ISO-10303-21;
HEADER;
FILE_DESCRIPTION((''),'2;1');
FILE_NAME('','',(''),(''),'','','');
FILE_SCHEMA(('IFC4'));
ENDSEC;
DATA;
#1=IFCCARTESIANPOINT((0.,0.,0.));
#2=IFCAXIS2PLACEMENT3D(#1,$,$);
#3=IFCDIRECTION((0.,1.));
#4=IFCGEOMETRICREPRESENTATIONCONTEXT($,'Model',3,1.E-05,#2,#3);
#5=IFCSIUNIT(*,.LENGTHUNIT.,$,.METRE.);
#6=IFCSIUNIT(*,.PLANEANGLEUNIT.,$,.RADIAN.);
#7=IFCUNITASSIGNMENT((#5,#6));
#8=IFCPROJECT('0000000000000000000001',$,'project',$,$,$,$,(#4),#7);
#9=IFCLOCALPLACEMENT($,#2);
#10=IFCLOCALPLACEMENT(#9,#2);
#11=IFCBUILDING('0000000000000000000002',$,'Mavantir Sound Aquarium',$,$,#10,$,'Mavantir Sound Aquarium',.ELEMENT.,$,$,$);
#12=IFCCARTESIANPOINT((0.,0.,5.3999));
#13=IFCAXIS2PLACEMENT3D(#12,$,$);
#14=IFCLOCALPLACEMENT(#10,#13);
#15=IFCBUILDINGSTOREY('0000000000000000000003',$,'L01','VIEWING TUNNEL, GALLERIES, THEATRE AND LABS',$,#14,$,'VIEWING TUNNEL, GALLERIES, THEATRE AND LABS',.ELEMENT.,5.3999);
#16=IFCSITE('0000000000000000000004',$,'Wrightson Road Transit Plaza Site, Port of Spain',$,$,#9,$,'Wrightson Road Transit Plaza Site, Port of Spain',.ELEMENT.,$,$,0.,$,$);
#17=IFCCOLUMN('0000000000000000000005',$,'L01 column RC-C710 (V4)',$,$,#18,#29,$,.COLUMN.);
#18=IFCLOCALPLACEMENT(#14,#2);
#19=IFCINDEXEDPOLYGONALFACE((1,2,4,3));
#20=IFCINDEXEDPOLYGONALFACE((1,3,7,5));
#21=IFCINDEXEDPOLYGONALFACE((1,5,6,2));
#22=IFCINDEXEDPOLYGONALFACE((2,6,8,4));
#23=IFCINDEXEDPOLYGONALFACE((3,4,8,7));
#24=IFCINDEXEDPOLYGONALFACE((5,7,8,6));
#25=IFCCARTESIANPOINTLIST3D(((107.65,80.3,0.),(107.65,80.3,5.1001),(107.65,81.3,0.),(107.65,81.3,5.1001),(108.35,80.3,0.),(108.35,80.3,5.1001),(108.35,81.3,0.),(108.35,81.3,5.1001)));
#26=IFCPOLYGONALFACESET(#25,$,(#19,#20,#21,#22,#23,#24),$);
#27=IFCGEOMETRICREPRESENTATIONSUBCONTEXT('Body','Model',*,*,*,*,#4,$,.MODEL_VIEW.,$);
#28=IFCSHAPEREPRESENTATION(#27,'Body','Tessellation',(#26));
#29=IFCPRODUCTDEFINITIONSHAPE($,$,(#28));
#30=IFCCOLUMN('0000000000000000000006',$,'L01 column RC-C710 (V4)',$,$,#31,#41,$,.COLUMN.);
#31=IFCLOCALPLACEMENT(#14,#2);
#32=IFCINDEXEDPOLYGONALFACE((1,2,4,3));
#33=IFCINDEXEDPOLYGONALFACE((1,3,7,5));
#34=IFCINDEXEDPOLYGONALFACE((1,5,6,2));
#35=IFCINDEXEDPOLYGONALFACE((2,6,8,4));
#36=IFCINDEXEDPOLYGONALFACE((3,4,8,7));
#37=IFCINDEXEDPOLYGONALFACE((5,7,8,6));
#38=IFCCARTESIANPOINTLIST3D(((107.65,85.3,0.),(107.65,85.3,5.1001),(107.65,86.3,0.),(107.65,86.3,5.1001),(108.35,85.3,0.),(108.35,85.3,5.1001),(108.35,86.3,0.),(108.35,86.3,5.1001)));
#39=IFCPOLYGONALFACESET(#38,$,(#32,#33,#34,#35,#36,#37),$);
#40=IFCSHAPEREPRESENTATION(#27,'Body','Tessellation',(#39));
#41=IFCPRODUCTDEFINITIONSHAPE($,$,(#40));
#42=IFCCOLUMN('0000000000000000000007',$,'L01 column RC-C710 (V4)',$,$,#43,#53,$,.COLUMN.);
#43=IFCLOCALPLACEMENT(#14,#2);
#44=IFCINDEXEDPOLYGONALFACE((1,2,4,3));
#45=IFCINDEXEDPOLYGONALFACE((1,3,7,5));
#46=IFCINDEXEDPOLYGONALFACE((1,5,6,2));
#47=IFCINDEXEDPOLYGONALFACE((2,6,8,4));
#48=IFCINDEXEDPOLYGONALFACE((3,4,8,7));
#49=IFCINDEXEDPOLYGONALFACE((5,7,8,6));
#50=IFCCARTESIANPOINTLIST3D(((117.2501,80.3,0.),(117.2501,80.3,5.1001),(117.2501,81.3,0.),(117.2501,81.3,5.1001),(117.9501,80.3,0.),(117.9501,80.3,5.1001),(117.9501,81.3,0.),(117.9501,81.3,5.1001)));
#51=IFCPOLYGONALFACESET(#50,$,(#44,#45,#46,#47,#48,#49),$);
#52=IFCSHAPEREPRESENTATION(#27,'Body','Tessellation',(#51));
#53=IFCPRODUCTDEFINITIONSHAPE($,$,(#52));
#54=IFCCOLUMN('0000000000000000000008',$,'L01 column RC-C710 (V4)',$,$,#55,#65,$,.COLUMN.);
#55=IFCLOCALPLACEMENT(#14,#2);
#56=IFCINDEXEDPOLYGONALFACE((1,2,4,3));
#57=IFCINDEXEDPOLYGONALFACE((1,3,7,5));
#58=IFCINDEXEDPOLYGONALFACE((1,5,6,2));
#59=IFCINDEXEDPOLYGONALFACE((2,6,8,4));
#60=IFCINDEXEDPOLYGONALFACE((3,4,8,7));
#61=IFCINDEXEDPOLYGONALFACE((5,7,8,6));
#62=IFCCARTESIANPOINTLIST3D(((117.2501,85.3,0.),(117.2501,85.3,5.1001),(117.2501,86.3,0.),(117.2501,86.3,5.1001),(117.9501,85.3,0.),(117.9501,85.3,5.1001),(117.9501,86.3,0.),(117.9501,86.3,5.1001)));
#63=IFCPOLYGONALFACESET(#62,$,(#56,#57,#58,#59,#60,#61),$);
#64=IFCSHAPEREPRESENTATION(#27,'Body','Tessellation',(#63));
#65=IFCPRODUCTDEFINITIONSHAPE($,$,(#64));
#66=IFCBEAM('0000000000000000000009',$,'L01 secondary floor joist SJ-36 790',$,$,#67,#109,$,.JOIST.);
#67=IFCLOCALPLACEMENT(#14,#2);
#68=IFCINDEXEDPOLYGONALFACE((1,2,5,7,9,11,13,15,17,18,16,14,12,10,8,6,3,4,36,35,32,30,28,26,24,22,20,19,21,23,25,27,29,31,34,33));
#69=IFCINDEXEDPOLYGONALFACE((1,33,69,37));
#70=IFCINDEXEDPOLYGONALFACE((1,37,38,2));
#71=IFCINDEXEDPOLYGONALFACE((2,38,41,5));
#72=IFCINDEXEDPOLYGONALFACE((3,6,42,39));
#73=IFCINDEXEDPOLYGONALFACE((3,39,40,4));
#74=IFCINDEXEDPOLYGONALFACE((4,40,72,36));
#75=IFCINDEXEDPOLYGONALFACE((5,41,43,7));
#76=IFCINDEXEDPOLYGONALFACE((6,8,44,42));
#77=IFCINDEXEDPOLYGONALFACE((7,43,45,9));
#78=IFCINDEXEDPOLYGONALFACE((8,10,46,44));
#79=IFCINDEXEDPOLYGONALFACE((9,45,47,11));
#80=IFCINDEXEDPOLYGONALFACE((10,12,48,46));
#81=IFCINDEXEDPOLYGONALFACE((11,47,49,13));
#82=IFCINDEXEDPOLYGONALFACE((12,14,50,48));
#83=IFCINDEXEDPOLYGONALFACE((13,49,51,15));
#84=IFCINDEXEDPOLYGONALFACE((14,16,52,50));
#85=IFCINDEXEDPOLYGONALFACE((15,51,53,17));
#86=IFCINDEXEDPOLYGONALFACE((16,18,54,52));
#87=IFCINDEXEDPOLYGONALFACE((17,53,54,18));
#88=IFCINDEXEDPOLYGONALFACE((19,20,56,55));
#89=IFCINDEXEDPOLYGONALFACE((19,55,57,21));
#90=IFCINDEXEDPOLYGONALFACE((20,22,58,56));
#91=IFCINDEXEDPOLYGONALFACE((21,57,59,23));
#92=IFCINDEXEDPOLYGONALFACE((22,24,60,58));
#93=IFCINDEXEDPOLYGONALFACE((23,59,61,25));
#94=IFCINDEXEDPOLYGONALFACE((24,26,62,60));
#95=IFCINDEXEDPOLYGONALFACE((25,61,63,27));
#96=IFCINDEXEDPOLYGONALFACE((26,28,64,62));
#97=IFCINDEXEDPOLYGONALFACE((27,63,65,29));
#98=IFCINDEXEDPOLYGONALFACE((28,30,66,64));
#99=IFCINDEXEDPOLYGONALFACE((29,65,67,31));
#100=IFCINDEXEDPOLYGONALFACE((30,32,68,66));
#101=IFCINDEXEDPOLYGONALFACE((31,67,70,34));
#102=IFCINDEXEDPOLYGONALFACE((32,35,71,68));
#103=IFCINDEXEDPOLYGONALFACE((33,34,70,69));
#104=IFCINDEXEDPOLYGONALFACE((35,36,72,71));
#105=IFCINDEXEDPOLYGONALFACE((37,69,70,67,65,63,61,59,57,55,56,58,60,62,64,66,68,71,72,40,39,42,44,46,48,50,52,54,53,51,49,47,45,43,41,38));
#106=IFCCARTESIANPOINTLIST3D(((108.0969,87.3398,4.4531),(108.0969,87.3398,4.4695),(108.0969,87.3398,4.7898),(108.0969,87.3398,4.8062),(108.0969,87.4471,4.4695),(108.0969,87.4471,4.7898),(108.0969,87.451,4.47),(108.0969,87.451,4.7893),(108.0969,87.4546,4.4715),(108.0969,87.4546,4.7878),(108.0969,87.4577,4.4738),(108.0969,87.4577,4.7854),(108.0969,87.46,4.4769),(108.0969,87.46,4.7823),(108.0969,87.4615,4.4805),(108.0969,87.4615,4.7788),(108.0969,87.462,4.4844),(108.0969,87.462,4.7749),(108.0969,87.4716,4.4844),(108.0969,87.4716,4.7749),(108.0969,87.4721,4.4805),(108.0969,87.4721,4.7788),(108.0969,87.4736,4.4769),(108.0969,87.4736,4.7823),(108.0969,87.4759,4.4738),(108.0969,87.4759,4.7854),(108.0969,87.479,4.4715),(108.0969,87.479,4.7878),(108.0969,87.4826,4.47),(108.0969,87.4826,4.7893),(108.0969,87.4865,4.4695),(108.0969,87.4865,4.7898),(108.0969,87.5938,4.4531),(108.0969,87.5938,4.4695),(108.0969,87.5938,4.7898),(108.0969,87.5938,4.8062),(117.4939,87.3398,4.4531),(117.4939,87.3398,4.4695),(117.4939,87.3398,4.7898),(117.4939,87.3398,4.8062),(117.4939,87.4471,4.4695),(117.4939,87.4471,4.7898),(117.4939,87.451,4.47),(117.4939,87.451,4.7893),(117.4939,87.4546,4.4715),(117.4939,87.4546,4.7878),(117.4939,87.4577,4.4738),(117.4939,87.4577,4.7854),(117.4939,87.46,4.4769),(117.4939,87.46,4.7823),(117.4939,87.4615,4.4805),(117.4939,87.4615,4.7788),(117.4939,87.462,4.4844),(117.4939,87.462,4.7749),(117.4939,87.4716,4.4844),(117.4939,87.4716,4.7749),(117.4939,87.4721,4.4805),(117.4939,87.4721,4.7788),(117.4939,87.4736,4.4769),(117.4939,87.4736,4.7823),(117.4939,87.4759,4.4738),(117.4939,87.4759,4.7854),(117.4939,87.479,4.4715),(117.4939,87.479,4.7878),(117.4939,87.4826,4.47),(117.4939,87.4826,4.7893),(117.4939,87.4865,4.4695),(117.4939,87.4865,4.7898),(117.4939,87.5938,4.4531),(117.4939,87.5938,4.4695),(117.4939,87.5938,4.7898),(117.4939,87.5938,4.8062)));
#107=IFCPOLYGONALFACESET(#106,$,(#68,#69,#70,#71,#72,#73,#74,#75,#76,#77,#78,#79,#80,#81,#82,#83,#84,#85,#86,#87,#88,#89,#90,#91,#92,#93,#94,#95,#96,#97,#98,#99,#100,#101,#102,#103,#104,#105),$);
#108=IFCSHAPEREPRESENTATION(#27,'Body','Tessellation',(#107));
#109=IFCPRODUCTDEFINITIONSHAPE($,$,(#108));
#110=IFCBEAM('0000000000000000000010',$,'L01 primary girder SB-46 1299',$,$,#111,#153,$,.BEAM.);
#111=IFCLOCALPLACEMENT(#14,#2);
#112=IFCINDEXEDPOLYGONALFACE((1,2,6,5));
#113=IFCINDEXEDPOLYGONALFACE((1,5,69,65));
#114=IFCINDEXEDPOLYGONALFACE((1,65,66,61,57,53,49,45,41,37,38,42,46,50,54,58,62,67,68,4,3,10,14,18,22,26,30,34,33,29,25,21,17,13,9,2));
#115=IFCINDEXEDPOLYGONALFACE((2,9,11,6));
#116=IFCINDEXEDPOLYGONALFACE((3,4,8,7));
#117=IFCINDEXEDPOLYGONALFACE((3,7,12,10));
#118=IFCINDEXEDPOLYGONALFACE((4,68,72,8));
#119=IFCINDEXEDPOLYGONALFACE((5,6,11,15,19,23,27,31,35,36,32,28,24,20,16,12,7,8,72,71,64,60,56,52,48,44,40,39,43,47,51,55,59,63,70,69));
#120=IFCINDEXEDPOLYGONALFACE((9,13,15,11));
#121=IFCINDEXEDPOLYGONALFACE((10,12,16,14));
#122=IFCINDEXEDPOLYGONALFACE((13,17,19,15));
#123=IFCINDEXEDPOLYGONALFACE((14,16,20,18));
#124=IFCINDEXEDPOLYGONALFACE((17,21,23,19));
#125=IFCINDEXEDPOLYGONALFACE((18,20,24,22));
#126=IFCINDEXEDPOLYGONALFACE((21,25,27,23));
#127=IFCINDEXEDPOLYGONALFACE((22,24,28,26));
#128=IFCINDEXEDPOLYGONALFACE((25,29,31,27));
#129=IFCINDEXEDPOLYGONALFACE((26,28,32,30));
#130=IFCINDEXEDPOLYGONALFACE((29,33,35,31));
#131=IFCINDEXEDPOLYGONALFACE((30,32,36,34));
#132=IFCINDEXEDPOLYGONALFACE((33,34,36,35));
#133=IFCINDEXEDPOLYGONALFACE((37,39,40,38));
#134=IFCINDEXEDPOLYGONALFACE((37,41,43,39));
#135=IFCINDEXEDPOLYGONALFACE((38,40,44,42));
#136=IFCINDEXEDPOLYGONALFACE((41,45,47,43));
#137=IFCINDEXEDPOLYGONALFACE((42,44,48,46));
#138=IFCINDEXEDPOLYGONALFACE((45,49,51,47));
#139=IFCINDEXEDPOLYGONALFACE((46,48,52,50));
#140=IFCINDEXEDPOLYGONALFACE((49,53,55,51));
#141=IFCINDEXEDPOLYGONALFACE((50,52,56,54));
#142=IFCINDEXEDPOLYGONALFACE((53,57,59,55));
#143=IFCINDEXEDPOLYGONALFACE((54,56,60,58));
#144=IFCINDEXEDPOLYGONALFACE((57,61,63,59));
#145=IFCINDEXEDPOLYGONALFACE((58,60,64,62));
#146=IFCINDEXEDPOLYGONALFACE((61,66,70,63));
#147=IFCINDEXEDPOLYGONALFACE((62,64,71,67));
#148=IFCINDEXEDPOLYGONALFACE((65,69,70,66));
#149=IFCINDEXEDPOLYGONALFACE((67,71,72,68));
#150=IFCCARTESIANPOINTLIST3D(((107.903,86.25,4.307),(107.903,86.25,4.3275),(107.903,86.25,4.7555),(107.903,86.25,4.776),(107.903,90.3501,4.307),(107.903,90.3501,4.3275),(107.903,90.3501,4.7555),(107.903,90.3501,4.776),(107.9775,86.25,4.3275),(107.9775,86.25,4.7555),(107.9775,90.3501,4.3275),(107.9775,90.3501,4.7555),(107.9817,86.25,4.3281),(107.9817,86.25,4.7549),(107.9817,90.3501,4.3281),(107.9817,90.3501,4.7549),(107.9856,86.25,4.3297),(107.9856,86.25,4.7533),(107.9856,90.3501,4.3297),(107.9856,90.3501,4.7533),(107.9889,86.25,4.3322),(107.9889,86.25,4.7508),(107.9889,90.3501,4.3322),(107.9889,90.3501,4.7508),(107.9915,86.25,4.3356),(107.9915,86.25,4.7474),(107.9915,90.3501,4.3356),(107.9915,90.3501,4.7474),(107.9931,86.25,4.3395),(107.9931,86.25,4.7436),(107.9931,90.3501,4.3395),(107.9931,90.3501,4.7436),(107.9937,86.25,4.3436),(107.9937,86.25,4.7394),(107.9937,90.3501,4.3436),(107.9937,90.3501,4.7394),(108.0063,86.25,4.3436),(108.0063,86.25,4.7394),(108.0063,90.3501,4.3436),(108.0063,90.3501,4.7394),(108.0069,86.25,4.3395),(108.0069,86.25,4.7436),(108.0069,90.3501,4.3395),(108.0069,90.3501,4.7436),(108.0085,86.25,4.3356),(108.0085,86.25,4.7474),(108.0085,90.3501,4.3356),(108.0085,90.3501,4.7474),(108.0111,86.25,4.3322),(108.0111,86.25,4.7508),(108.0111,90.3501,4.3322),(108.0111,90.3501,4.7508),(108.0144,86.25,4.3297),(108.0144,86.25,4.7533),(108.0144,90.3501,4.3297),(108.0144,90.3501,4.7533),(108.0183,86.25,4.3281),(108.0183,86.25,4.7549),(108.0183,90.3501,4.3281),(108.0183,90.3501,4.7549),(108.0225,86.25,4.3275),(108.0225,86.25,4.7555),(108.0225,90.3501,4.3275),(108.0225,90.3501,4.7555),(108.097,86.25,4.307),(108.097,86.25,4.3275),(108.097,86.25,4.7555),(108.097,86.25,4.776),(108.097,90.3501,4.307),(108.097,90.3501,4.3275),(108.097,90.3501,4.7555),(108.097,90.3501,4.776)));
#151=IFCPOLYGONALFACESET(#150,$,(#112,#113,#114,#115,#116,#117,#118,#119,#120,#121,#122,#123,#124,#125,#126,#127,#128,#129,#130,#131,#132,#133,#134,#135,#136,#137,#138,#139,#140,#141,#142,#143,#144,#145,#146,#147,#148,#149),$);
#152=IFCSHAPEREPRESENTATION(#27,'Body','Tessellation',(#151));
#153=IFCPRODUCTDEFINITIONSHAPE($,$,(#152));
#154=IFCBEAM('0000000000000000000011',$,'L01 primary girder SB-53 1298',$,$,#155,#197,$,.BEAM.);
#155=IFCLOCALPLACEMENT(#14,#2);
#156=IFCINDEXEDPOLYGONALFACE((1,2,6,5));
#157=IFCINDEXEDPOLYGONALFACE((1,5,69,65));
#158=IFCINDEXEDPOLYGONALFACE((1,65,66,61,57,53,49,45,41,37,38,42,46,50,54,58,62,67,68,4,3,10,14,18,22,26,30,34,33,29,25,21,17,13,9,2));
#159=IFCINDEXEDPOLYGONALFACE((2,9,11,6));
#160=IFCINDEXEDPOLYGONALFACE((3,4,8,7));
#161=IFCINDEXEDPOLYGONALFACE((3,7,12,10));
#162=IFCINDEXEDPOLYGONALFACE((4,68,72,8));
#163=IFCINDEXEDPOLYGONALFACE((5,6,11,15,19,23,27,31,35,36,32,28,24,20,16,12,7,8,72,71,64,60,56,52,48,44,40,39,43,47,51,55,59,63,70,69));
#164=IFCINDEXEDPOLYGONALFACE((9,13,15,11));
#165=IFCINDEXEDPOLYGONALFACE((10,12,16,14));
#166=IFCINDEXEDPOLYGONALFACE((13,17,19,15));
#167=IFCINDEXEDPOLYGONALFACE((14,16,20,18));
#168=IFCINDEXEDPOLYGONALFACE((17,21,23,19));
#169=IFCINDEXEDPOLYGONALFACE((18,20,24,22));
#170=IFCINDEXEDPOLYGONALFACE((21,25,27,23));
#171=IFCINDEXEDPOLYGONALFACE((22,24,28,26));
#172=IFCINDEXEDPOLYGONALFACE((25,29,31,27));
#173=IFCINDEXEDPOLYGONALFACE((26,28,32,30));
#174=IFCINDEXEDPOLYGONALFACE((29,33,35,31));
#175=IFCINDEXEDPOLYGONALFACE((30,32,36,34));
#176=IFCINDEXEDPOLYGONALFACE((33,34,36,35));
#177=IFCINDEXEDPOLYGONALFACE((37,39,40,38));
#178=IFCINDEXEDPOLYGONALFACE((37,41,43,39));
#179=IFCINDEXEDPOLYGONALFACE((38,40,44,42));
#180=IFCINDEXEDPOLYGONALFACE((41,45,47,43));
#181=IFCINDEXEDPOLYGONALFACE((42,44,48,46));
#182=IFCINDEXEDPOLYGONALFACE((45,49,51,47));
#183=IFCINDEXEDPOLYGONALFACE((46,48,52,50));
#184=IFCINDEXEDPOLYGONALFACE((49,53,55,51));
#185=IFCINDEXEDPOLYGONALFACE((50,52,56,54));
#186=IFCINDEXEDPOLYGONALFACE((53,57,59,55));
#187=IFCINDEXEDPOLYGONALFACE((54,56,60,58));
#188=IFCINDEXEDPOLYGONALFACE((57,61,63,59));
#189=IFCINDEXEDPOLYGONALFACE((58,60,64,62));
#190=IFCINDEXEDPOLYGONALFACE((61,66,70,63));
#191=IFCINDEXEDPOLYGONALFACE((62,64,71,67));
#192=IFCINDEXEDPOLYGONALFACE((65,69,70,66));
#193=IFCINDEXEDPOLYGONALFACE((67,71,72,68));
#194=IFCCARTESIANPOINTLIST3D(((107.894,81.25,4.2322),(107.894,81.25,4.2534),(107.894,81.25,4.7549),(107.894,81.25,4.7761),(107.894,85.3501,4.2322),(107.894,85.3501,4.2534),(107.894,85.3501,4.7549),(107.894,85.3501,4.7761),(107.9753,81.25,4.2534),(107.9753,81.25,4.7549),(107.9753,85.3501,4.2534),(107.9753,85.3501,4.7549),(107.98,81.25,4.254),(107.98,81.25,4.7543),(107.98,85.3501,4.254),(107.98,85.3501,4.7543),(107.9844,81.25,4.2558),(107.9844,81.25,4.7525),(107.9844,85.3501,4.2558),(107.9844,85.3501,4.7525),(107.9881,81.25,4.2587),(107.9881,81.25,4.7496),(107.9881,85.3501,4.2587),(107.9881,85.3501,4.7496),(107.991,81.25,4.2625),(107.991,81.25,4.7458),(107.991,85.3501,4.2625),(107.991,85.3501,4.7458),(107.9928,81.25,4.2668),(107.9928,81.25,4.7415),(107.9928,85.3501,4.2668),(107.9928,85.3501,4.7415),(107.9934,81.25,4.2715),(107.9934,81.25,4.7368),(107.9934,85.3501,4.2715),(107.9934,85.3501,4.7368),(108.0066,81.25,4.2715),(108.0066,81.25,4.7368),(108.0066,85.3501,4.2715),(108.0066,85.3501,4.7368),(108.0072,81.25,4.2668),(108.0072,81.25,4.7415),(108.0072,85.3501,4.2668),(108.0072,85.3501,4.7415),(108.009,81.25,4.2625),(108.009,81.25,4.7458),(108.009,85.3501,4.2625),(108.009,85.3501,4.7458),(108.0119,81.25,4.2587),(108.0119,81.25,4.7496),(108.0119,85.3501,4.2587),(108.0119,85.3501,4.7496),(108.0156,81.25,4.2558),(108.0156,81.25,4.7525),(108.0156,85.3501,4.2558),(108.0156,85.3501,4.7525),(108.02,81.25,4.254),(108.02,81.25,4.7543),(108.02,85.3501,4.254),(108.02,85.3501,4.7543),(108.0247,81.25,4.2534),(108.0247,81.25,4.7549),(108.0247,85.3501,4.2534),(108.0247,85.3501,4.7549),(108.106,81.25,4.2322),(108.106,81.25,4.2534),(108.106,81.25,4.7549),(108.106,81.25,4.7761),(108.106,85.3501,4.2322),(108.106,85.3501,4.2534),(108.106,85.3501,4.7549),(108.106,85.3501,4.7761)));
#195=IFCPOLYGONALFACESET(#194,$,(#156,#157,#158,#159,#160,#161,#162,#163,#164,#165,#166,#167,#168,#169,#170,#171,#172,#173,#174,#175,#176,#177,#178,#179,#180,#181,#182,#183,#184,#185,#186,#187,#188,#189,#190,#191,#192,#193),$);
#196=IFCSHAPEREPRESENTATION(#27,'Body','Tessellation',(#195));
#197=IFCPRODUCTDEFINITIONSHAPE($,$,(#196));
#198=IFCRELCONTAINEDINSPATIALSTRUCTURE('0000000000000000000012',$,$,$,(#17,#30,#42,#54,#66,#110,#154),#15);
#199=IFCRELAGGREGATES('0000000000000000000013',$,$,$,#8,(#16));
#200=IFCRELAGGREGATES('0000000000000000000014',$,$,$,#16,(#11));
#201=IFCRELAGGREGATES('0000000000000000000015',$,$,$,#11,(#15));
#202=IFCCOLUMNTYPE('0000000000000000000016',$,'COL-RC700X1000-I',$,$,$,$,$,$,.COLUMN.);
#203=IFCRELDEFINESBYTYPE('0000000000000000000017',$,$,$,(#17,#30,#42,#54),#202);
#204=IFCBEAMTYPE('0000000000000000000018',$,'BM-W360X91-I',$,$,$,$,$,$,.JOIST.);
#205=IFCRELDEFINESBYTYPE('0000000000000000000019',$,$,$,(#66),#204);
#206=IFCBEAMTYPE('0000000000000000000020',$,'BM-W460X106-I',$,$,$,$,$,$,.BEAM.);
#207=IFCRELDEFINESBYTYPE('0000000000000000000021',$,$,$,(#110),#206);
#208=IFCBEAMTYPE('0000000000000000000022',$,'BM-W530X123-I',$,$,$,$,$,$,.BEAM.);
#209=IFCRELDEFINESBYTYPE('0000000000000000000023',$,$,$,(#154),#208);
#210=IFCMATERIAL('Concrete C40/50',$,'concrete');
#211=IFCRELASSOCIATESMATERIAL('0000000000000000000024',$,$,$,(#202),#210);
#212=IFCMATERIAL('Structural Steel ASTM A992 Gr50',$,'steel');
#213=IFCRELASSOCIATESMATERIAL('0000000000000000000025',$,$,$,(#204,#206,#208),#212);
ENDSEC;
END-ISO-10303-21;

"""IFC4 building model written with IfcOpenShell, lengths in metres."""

from ifc_helpers import new_model, si_unit, direction, frame, origin, origin_2d, place, context, subcontext, project, spatial, rectangle, i_section, extrude, material, material_profile, profile_set, type_object, element, save


model = new_model("IFC4")

# Units and contexts
model_context = context("Model", 3, precision=1e-05, world=origin(), true_north=direction((0.0, 1.0)))
body_context = subcontext(model_context, "Body", "Model", "MODEL_VIEW")
ifc_project = project(units=[si_unit("LENGTHUNIT", "METRE"), si_unit("PLANEANGLEUNIT", "RADIAN")], contexts=[model_context])

# Site, building, storey
site_placement = place(None, origin())
site = spatial("IfcSite", under=ifc_project, at=site_placement, Name="Wrightson Road Transit Plaza Site, Port of Spain", LongName="Wrightson Road Transit Plaza Site, Port of Spain", CompositionType="ELEMENT", RefElevation=0.0)
building_placement = place(site_placement, origin())
building = spatial("IfcBuilding", under=site, at=building_placement, Name="Mavantir Sound Aquarium", LongName="Mavantir Sound Aquarium", CompositionType="ELEMENT")
storey_placement = place(building_placement, frame((0.0, 0.0, 5.3999)))
storey = spatial("IfcBuildingStorey", under=building, at=storey_placement, Name="L01", Description="VIEWING TUNNEL, GALLERIES, THEATRE AND LABS", LongName="VIEWING TUNNEL, GALLERIES, THEATRE AND LABS", CompositionType="ELEMENT", Elevation=5.3999)

# Columns
ifc_material_1 = material(Name="Concrete C40/50", Category="concrete")
ifc_material_profile_1 = material_profile(ifc_material_1, rectangle(XDim=0.7, YDim=1.0, at=origin_2d()), Name="RC 700X1000")
ifc_profile_set_1 = profile_set([ifc_material_profile_1], Name="Concrete C40/50")
column_type = type_object("IfcColumnType", Name="COL-RC700X1000-I", PredefinedType="COLUMN", material=ifc_profile_set_1)
for number, where, z_axis, x_axis, name in (
    (1, (108.0, 80.8, 0.0), (0.0, 0.0, 1.0), (1.0, 0.0, 0.0), "L01 column RC-C710 (V4)"),
    (2, (108.0, 85.8, 0.0), (0.0, 0.0, 1.0), (1.0, 0.0, 0.0), "L01 column RC-C710 (V4)"),
    (3, (117.6001, 80.8, 0.0), (0.0, 0.0, 1.0), (1.0, 0.0, 0.0), "L01 column RC-C710 (V4)"),
    (4, (117.6001, 85.8, 0.0), (0.0, 0.0, 1.0), (1.0, 0.0, 0.0), "L01 column RC-C710 (V4)"),
):
    element("IfcColumn", number, at=place(storey_placement, frame(where, z_axis=z_axis, x_axis=x_axis)), inside=storey, type_object=column_type, Name=name, PredefinedType="COLUMN", context=body_context, shape_type="SweptSolid", body=[
        extrude(rectangle(XDim=0.7, YDim=1.0, at=origin_2d()), origin(), (0.0, 0.0, 1.0), 5.1001),
    ])

# Beams
ifc_material_2 = material(Name="Structural Steel ASTM A992 Gr50", Category="steel")
ifc_material_profile_2 = material_profile(ifc_material_2, i_section(OverallWidth=0.2539, OverallDepth=0.353, WebThickness=0.0095, FlangeThickness=0.0164, FilletRadius=0.0149, at=origin_2d()), Name="W360X91")
ifc_profile_set_2 = profile_set([ifc_material_profile_2], Name="Structural Steel ASTM A992 Gr50")
beam_type_1 = type_object("IfcBeamType", Name="BM-W360X91-I", PredefinedType="JOIST", material=ifc_profile_set_2)
beam_1_placement = place(storey_placement, frame((108.0969, 87.4668, 4.6296), z_axis=(1.0, 0.0, 0.0), x_axis=(0.0, 1.0, 0.0)))
element("IfcBeam", 5, at=beam_1_placement, inside=storey, type_object=beam_type_1, Name="L01 secondary floor joist SJ-36 790", PredefinedType="JOIST", context=body_context, shape_type="SweptSolid", body=[
    extrude(i_section(OverallWidth=0.2539, OverallDepth=0.353, WebThickness=0.0095, FlangeThickness=0.0164, FilletRadius=0.0149, at=origin_2d()), origin(), (0.0, 0.0, 1.0), 9.397),
])
ifc_material_profile_3 = material_profile(ifc_material_2, i_section(OverallWidth=0.1941, OverallDepth=0.469, WebThickness=0.0127, FlangeThickness=0.0205, FilletRadius=0.0161, at=origin_2d()), Name="W460X106")
ifc_profile_set_3 = profile_set([ifc_material_profile_3], Name="Structural Steel ASTM A992 Gr50")
beam_type_2 = type_object("IfcBeamType", Name="BM-W460X106-I", PredefinedType="BEAM", material=ifc_profile_set_3)
beam_2_placement = place(storey_placement, frame((108.0, 86.25, 4.5415), z_axis=(0.0, 1.0, 0.0), x_axis=(-1.0, 0.0, 0.0)))
element("IfcBeam", 6, at=beam_2_placement, inside=storey, type_object=beam_type_2, Name="L01 primary girder SB-46 1299", PredefinedType="BEAM", context=body_context, shape_type="SweptSolid", body=[
    extrude(i_section(OverallWidth=0.1941, OverallDepth=0.469, WebThickness=0.0127, FlangeThickness=0.0205, FilletRadius=0.0161, at=origin_2d()), origin(), (0.0, 0.0, 1.0), 4.1001),
])
ifc_material_profile_4 = material_profile(ifc_material_2, i_section(OverallWidth=0.2119, OverallDepth=0.5439, WebThickness=0.0132, FlangeThickness=0.0212, FilletRadius=0.0181, at=origin_2d()), Name="W530X123")
ifc_profile_set_4 = profile_set([ifc_material_profile_4], Name="Structural Steel ASTM A992 Gr50")
beam_type_3 = type_object("IfcBeamType", Name="BM-W530X123-I", PredefinedType="BEAM", material=ifc_profile_set_4)
for number, where, z_axis, x_axis, name in (
    (7, (108.0, 81.25, 4.5042), (0.0, 1.0, 0.0), (-1.0, 0.0, 0.0), "L01 primary girder SB-53 1298"),
):
    element("IfcBeam", number, at=place(storey_placement, frame(where, z_axis=z_axis, x_axis=x_axis)), inside=storey, type_object=beam_type_3, Name=name, PredefinedType="BEAM", context=body_context, shape_type="SweptSolid", body=[
        extrude(i_section(OverallWidth=0.2119, OverallDepth=0.5439, WebThickness=0.0132, FlangeThickness=0.0212, FilletRadius=0.0181, at=origin_2d()), origin(), (0.0, 0.0, 1.0), 4.1001),
    ])

save(model, "model.ifc")
